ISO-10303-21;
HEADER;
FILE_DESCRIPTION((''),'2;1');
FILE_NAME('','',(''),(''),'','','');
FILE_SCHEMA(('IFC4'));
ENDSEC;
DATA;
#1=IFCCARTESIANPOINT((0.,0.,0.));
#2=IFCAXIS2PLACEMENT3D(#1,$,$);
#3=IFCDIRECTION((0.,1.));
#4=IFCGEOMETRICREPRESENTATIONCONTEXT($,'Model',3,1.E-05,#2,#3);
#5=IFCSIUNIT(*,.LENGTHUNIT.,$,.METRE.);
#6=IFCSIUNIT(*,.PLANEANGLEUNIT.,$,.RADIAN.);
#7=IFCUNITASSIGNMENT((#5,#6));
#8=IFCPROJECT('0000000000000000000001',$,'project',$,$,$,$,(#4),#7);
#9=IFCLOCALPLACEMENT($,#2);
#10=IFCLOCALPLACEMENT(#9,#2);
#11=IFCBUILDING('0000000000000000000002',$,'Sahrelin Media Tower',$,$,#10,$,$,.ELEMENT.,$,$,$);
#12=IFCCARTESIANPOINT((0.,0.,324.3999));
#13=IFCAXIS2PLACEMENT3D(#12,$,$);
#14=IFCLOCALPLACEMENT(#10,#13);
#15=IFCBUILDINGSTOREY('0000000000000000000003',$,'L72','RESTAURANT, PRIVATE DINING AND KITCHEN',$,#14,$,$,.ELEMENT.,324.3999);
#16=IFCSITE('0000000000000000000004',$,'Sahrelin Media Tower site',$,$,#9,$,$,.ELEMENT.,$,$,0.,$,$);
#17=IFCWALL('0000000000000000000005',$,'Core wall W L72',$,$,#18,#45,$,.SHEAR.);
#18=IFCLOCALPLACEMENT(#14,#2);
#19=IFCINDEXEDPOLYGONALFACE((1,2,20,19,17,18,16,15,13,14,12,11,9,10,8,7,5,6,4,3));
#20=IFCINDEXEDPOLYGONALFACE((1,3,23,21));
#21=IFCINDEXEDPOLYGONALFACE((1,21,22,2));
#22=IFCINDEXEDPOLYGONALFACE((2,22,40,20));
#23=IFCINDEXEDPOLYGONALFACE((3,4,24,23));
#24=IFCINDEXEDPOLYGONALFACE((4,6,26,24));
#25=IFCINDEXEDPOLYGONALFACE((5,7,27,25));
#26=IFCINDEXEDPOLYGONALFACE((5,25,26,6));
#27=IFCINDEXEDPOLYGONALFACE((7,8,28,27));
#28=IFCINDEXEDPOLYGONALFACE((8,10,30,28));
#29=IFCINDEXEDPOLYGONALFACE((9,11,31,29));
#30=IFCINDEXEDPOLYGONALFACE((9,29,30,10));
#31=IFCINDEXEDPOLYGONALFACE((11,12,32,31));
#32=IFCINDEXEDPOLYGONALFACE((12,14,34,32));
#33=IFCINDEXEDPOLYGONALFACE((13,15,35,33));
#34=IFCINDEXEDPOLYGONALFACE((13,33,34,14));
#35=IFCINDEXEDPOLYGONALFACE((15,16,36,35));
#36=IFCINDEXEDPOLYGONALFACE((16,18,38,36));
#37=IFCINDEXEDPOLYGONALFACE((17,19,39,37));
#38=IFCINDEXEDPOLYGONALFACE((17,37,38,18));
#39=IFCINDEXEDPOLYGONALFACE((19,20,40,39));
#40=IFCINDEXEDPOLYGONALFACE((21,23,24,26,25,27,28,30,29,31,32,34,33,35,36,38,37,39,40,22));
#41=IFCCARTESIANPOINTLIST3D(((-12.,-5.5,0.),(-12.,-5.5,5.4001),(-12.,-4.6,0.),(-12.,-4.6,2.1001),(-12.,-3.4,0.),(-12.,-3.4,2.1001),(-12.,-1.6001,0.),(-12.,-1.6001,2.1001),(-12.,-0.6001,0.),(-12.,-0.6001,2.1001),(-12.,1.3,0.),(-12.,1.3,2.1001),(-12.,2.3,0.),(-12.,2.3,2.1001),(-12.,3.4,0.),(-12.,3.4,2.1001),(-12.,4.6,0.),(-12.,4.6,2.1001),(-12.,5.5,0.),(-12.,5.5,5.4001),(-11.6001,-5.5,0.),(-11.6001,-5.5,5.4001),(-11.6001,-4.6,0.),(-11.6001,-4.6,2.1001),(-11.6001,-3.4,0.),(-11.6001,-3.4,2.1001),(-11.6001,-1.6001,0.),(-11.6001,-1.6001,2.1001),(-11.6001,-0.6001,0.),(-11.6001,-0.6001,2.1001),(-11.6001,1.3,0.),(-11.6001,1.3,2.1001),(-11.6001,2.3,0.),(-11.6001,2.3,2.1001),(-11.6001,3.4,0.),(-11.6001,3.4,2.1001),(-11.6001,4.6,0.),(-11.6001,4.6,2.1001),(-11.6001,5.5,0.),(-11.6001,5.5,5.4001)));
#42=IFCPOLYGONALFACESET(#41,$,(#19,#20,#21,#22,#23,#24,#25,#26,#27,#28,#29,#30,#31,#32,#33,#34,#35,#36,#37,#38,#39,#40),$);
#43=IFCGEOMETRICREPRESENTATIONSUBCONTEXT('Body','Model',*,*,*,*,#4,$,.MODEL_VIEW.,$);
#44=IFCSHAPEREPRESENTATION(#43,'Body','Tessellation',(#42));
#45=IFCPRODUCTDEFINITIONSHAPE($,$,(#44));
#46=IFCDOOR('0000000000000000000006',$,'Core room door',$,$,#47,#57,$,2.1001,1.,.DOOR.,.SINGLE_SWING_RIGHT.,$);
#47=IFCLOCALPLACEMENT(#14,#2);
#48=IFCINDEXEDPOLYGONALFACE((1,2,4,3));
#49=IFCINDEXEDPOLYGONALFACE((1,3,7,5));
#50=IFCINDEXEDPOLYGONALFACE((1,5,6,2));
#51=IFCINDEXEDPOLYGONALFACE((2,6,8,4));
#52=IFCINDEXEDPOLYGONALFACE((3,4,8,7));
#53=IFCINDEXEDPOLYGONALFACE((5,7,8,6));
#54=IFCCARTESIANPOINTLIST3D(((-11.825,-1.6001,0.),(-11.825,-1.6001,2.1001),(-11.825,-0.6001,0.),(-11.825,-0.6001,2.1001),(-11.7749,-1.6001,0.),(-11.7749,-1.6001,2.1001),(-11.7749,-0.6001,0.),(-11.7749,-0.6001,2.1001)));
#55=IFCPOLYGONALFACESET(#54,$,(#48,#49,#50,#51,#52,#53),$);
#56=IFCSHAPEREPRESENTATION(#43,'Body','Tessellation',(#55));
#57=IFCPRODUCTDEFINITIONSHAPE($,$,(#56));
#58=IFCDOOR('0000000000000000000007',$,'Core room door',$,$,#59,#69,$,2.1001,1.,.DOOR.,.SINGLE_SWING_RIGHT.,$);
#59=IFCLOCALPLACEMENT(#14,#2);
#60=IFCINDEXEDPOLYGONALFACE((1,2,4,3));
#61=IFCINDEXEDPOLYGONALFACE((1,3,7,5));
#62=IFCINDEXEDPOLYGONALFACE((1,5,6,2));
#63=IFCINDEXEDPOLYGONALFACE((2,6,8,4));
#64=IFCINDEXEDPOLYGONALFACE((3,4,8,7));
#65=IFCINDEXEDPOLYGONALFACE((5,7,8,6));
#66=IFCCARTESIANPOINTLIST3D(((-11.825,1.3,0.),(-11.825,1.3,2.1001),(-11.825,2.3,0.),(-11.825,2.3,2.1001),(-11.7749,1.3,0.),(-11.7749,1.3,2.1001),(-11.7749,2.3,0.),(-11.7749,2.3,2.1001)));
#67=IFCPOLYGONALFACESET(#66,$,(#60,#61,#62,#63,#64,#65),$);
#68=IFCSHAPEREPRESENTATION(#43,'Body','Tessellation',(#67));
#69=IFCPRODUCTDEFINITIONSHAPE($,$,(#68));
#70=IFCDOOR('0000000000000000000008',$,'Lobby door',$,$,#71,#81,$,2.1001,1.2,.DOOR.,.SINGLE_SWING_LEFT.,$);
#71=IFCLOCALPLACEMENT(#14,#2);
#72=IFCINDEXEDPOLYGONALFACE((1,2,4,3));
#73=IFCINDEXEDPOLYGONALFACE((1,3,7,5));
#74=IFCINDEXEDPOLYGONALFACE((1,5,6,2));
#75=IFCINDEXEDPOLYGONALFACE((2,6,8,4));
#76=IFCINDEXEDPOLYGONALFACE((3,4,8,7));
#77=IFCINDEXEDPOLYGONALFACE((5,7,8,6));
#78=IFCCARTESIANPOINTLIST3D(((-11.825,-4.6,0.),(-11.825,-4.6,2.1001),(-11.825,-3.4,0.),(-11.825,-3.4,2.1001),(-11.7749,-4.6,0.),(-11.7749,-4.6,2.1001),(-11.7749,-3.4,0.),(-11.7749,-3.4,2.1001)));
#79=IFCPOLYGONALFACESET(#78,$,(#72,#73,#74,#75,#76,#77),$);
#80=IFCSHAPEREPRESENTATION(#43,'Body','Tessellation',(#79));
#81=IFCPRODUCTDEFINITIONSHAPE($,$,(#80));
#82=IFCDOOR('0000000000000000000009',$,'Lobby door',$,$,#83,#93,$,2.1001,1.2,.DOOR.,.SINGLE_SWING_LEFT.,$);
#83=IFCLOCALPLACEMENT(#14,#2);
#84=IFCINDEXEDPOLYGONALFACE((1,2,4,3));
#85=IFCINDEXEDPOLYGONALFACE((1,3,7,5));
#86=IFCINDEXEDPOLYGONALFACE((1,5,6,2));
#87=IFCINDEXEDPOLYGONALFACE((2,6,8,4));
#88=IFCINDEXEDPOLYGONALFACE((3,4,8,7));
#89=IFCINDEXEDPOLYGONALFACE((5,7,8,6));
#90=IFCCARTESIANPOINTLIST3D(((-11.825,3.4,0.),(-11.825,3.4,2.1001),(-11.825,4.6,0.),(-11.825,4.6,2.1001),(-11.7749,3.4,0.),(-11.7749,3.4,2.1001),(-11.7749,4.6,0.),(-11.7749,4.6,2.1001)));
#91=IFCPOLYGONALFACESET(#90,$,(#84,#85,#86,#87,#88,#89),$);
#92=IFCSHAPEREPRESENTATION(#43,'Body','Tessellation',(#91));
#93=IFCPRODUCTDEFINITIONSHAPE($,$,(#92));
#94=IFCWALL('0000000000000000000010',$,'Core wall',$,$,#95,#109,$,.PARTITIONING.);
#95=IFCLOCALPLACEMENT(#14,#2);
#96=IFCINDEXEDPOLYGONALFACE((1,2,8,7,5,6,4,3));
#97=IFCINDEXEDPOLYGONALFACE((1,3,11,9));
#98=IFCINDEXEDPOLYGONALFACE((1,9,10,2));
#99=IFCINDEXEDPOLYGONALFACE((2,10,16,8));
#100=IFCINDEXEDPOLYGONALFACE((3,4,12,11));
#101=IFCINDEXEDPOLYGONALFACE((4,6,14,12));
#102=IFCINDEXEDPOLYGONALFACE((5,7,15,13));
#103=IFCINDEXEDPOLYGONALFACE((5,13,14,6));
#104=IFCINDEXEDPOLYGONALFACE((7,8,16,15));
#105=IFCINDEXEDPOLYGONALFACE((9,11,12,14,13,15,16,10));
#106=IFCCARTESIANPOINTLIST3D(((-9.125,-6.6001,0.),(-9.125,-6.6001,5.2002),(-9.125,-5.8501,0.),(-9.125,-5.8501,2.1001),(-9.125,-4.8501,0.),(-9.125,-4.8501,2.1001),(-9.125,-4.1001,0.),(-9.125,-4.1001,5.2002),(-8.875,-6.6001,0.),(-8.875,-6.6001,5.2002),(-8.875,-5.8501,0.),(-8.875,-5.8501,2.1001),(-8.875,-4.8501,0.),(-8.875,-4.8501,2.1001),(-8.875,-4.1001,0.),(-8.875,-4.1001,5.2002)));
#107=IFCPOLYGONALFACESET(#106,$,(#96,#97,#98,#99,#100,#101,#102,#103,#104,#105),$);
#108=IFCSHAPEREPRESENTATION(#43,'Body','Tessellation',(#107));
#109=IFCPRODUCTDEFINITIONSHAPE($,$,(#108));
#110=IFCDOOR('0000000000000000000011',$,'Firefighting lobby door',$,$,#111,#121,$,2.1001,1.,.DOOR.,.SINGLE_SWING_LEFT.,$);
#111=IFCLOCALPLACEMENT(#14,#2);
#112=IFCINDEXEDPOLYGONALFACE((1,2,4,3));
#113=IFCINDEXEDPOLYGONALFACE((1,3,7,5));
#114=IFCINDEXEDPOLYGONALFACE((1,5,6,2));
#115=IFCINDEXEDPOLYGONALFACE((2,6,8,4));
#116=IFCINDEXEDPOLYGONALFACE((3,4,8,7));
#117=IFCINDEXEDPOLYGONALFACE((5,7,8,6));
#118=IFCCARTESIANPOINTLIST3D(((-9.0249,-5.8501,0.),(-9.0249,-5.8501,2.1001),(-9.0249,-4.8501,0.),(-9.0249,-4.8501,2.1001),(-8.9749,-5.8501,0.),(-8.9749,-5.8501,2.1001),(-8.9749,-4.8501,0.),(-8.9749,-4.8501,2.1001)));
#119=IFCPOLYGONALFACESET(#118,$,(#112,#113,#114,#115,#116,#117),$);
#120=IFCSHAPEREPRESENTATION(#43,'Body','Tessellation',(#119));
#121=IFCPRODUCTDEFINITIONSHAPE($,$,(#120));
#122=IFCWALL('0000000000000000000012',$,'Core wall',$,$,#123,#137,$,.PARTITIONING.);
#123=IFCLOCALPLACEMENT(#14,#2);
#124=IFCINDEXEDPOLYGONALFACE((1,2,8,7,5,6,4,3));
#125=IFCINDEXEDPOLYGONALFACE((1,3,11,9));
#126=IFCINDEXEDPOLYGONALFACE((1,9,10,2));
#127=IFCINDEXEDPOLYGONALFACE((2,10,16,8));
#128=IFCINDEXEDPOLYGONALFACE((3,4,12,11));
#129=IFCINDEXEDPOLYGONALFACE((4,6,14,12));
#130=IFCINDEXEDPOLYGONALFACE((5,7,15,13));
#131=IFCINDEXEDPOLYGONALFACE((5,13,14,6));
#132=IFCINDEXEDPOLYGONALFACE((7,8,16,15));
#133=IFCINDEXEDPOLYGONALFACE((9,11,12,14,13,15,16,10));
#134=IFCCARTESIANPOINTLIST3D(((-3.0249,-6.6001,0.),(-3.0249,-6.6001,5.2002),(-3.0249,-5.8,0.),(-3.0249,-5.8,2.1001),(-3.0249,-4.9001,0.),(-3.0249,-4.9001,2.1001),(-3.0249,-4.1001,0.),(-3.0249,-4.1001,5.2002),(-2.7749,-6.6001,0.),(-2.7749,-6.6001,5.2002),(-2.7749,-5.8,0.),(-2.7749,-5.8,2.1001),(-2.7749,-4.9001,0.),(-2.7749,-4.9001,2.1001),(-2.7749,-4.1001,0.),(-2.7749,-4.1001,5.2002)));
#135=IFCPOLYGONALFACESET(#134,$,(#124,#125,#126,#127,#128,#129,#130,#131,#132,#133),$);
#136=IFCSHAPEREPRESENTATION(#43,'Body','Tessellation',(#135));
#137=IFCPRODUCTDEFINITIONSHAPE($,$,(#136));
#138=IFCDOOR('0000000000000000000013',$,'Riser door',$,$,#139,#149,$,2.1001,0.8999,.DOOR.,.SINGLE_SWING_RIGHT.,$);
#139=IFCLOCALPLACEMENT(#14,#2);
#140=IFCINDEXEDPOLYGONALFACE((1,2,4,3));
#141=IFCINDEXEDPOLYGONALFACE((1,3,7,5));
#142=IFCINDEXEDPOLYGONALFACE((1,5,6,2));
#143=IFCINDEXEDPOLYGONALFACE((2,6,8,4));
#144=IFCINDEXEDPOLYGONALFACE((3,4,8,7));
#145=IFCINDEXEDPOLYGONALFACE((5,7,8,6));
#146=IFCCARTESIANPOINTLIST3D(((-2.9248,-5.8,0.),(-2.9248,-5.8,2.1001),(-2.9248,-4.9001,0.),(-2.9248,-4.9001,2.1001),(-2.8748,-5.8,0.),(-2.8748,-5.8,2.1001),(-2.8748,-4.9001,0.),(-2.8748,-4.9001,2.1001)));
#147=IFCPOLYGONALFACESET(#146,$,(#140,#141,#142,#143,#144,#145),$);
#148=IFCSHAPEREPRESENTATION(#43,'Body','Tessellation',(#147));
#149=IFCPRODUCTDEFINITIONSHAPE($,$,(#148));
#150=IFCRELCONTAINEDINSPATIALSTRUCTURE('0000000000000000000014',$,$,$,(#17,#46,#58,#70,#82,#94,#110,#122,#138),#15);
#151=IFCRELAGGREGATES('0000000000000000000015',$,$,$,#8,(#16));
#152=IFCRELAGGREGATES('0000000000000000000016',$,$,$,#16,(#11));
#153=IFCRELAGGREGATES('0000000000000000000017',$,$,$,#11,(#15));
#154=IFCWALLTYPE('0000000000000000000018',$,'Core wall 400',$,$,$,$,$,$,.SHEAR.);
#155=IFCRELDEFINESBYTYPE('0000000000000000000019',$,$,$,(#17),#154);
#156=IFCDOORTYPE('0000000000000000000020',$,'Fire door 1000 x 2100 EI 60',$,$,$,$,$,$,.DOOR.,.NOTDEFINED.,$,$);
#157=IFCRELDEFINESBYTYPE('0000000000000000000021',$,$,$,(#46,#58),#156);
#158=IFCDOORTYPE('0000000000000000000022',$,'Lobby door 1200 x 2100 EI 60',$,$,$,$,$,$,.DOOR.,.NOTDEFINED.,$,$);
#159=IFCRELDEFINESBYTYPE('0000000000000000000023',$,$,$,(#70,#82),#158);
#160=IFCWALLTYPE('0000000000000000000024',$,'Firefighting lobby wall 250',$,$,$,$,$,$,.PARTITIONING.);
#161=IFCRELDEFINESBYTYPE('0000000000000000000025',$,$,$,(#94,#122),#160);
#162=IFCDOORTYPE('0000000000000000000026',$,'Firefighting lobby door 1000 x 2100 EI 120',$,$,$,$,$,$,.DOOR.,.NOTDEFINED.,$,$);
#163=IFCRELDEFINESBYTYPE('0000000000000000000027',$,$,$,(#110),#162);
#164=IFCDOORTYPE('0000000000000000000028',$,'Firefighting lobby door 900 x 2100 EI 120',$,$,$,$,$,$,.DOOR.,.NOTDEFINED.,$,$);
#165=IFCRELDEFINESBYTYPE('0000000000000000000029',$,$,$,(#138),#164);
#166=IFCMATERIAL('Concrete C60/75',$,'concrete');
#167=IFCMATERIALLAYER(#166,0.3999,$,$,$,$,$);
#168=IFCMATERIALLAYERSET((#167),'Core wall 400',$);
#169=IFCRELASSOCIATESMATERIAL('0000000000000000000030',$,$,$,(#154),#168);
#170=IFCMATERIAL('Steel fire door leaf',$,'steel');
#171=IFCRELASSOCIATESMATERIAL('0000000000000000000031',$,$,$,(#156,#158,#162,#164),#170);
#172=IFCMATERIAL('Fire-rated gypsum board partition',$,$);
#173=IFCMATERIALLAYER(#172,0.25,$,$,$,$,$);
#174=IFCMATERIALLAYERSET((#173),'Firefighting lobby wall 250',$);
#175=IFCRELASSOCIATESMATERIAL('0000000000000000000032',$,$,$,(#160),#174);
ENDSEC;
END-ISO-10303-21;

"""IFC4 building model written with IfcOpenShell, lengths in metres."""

from ifc_helpers import new_model, si_unit, direction, frame, frame_2d, origin, place, context, subcontext, project, spatial, rectangle, extrude, material, layer, layer_set, type_object, element, fill, save


model = new_model("IFC4")

# Units and contexts
model_context = context("Model", 3, precision=1e-05, world=origin(), true_north=direction((0.0, 1.0)))
body_context = subcontext(model_context, "Body", "Model", "MODEL_VIEW")
ifc_project = project(units=[si_unit("LENGTHUNIT", "METRE"), si_unit("PLANEANGLEUNIT", "RADIAN")], contexts=[model_context])

# Site, building, storey
site_placement = place(None, origin())
site = spatial("IfcSite", under=ifc_project, at=site_placement, Name="Sahrelin Media Tower site", CompositionType="ELEMENT", RefElevation=0.0)
building_placement = place(site_placement, origin())
building = spatial("IfcBuilding", under=site, at=building_placement, Name="Sahrelin Media Tower", CompositionType="ELEMENT")
storey_placement = place(building_placement, frame((0.0, 0.0, 324.3999)))
storey = spatial("IfcBuildingStorey", under=building, at=storey_placement, Name="L72", Description="RESTAURANT, PRIVATE DINING AND KITCHEN", CompositionType="ELEMENT", Elevation=324.3999)

# Shared definitions
ifc_material_1 = material(Name="Concrete C60/75", Category="concrete")
ifc_layer_1 = layer(ifc_material_1, 0.3999)
ifc_layer_set_1 = layer_set([ifc_layer_1], Name="Core wall 400")
wall_type_1 = type_object("IfcWallType", Name="Core wall 400", PredefinedType="SHEAR", material=ifc_layer_set_1)

# Wall, openings, doors
wall_1_placement = place(storey_placement, frame((-11.8, -5.5, 0.0), z_axis=(0.0, 0.0, 1.0), x_axis=(0.0, 1.0, 0.0)))
wall_1 = element("IfcWall", 1, at=wall_1_placement, inside=storey, type_object=wall_type_1, Name="Core wall W L72", PredefinedType="SHEAR", context=body_context, shape_type="SweptSolid", body=[
    extrude(rectangle(XDim=11.0, YDim=0.3999, at=frame_2d((5.5, 0.0))), origin(), (0.0, 0.0, 1.0), 5.4001),
])
opening_1_placement = place(wall_1_placement, frame((3.8999, 0.0, 0.0)))
opening_1 = element("IfcOpeningElement", 2, at=opening_1_placement, cuts=wall_1, PredefinedType="OPENING", context=body_context, shape_type="SweptSolid", body=[
    extrude(rectangle(XDim=1.0, YDim=2.1001, at=frame_2d((0.5, 1.05))), frame((0.0, 0.2, 0.0), z_axis=(0.0, -1.0, 0.0), x_axis=(1.0, 0.0, 0.0)), (0.0, 0.0, 1.0), 0.3999),
])
opening_2_placement = place(wall_1_placement, frame((6.8, 0.0, 0.0)))
opening_2 = element("IfcOpeningElement", 3, at=opening_2_placement, cuts=wall_1, PredefinedType="OPENING", context=body_context, shape_type="SweptSolid", body=[
    extrude(rectangle(XDim=1.0, YDim=2.1001, at=frame_2d((0.5, 1.05))), frame((0.0, 0.2, 0.0), z_axis=(0.0, -1.0, 0.0), x_axis=(1.0, 0.0, 0.0)), (0.0, 0.0, 1.0), 0.3999),
])
opening_3_placement = place(wall_1_placement, frame((0.8999, 0.0, 0.0)))
opening_3 = element("IfcOpeningElement", 4, at=opening_3_placement, cuts=wall_1, PredefinedType="OPENING", context=body_context, shape_type="SweptSolid", body=[
    extrude(rectangle(XDim=1.2, YDim=2.1001, at=frame_2d((0.6001, 1.05))), frame((0.0, 0.2, 0.0), z_axis=(0.0, -1.0, 0.0), x_axis=(1.0, 0.0, 0.0)), (0.0, 0.0, 1.0), 0.3999),
])
opening_4_placement = place(wall_1_placement, frame((8.8999, 0.0, 0.0)))
opening_4 = element("IfcOpeningElement", 5, at=opening_4_placement, cuts=wall_1, PredefinedType="OPENING", context=body_context, shape_type="SweptSolid", body=[
    extrude(rectangle(XDim=1.2, YDim=2.1001, at=frame_2d((0.6001, 1.05))), frame((0.0, 0.2, 0.0), z_axis=(0.0, -1.0, 0.0), x_axis=(1.0, 0.0, 0.0)), (0.0, 0.0, 1.0), 0.3999),
])
ifc_material_2 = material(Name="Steel fire door leaf", Category="steel")
door_type_1 = type_object("IfcDoorType", Name="Fire door 1000 x 2100 EI 60", OperationType="NOTDEFINED", PredefinedType="DOOR", material=ifc_material_2)
door_1_placement = place(opening_1_placement, origin())
door_1 = element("IfcDoor", 6, at=door_1_placement, inside=storey, type_object=door_type_1, Name="Core room door", OperationType="SINGLE_SWING_RIGHT", OverallHeight=2.1001, OverallWidth=1.0, PredefinedType="DOOR", context=body_context, shape_type="SweptSolid", body=[
    extrude(rectangle(XDim=1.0, YDim=2.1001, at=frame_2d((0.5, 1.05))), frame((0.0, 0.0249, 0.0), z_axis=(0.0, -1.0, 0.0), x_axis=(1.0, 0.0, 0.0)), (0.0, 0.0, 1.0), 0.05),
])
fill(opening_1, door_1)
door_2_placement = place(opening_2_placement, origin())
door_2 = element("IfcDoor", 7, at=door_2_placement, inside=storey, type_object=door_type_1, Name="Core room door", OperationType="SINGLE_SWING_RIGHT", OverallHeight=2.1001, OverallWidth=1.0, PredefinedType="DOOR", context=body_context, shape_type="SweptSolid", body=[
    extrude(rectangle(XDim=1.0, YDim=2.1001, at=frame_2d((0.5, 1.05))), frame((0.0, 0.0249, 0.0), z_axis=(0.0, -1.0, 0.0), x_axis=(1.0, 0.0, 0.0)), (0.0, 0.0, 1.0), 0.05),
])
fill(opening_2, door_2)
door_type_2 = type_object("IfcDoorType", Name="Lobby door 1200 x 2100 EI 60", OperationType="NOTDEFINED", PredefinedType="DOOR", material=ifc_material_2)
door_3_placement = place(opening_3_placement, origin())
door_3 = element("IfcDoor", 8, at=door_3_placement, inside=storey, type_object=door_type_2, Name="Lobby door", OperationType="SINGLE_SWING_LEFT", OverallHeight=2.1001, OverallWidth=1.2, PredefinedType="DOOR", context=body_context, shape_type="SweptSolid", body=[
    extrude(rectangle(XDim=1.2, YDim=2.1001, at=frame_2d((0.6001, 1.05))), frame((0.0, 0.0249, 0.0), z_axis=(0.0, -1.0, 0.0), x_axis=(1.0, 0.0, 0.0)), (0.0, 0.0, 1.0), 0.05),
])
fill(opening_3, door_3)
door_4_placement = place(opening_4_placement, origin())
door_4 = element("IfcDoor", 9, at=door_4_placement, inside=storey, type_object=door_type_2, Name="Lobby door", OperationType="SINGLE_SWING_LEFT", OverallHeight=2.1001, OverallWidth=1.2, PredefinedType="DOOR", context=body_context, shape_type="SweptSolid", body=[
    extrude(rectangle(XDim=1.2, YDim=2.1001, at=frame_2d((0.6001, 1.05))), frame((0.0, 0.0249, 0.0), z_axis=(0.0, -1.0, 0.0), x_axis=(1.0, 0.0, 0.0)), (0.0, 0.0, 1.0), 0.05),
])
fill(opening_4, door_4)

# Walls, openings, doors
ifc_material_3 = material(Name="Fire-rated gypsum board partition")
ifc_layer_2 = layer(ifc_material_3, 0.25)
ifc_layer_set_2 = layer_set([ifc_layer_2], Name="Firefighting lobby wall 250")
wall_type_2 = type_object("IfcWallType", Name="Firefighting lobby wall 250", PredefinedType="PARTITIONING", material=ifc_layer_set_2)
wall_2_placement = place(storey_placement, frame((-9.0, -6.6001, 0.0), z_axis=(0.0, 0.0, 1.0), x_axis=(0.0, 1.0, 0.0)))
wall_2 = element("IfcWall", 10, at=wall_2_placement, inside=storey, type_object=wall_type_2, Name="Core wall", PredefinedType="PARTITIONING", context=body_context, shape_type="SweptSolid", body=[
    extrude(rectangle(XDim=2.5, YDim=0.25, at=frame_2d((1.25, 0.0))), origin(), (0.0, 0.0, 1.0), 5.2002),
])
opening_5_placement = place(wall_2_placement, frame((0.75, 0.0, 0.0)))
opening_5 = element("IfcOpeningElement", 11, at=opening_5_placement, cuts=wall_2, PredefinedType="OPENING", context=body_context, shape_type="SweptSolid", body=[
    extrude(rectangle(XDim=1.0, YDim=2.1001, at=frame_2d((0.5, 1.05))), frame((0.0, 0.125, 0.0), z_axis=(0.0, -1.0, 0.0), x_axis=(1.0, 0.0, 0.0)), (0.0, 0.0, 1.0), 0.25),
])
door_type_3 = type_object("IfcDoorType", Name="Firefighting lobby door 1000 x 2100 EI 120", OperationType="NOTDEFINED", PredefinedType="DOOR", material=ifc_material_2)
door_5_placement = place(opening_5_placement, origin())
door_5 = element("IfcDoor", 12, at=door_5_placement, inside=storey, type_object=door_type_3, Name="Firefighting lobby door", OperationType="SINGLE_SWING_LEFT", OverallHeight=2.1001, OverallWidth=1.0, PredefinedType="DOOR", context=body_context, shape_type="SweptSolid", body=[
    extrude(rectangle(XDim=1.0, YDim=2.1001, at=frame_2d((0.5, 1.05))), frame((0.0, 0.0249, 0.0), z_axis=(0.0, -1.0, 0.0), x_axis=(1.0, 0.0, 0.0)), (0.0, 0.0, 1.0), 0.05),
])
fill(opening_5, door_5)
wall_3_placement = place(storey_placement, frame((-2.8999, -6.6001, 0.0), z_axis=(0.0, 0.0, 1.0), x_axis=(0.0, 1.0, 0.0)))
wall_3 = element("IfcWall", 13, at=wall_3_placement, inside=storey, type_object=wall_type_2, Name="Core wall", PredefinedType="PARTITIONING", context=body_context, shape_type="SweptSolid", body=[
    extrude(rectangle(XDim=2.5, YDim=0.25, at=frame_2d((1.25, 0.0))), origin(), (0.0, 0.0, 1.0), 5.2002),
])
opening_6_placement = place(wall_3_placement, frame((0.8, 0.0, 0.0)))
opening_6 = element("IfcOpeningElement", 14, at=opening_6_placement, cuts=wall_3, PredefinedType="OPENING", context=body_context, shape_type="SweptSolid", body=[
    extrude(rectangle(XDim=0.8999, YDim=2.1001, at=frame_2d((0.45, 1.05))), frame((0.0, 0.125, 0.0), z_axis=(0.0, -1.0, 0.0), x_axis=(1.0, 0.0, 0.0)), (0.0, 0.0, 1.0), 0.25),
])
door_type_4 = type_object("IfcDoorType", Name="Firefighting lobby door 900 x 2100 EI 120", OperationType="NOTDEFINED", PredefinedType="DOOR", material=ifc_material_2)
door_6_placement = place(opening_6_placement, origin())
door_6 = element("IfcDoor", 15, at=door_6_placement, inside=storey, type_object=door_type_4, Name="Riser door", OperationType="SINGLE_SWING_RIGHT", OverallHeight=2.1001, OverallWidth=0.8999, PredefinedType="DOOR", context=body_context, shape_type="SweptSolid", body=[
    extrude(rectangle(XDim=0.8999, YDim=2.1001, at=frame_2d((0.45, 1.05))), frame((0.0, 0.0249, 0.0), z_axis=(0.0, -1.0, 0.0), x_axis=(1.0, 0.0, 0.0)), (0.0, 0.0, 1.0), 0.05),
])
fill(opening_6, door_6)

save(model, "model.ifc")
